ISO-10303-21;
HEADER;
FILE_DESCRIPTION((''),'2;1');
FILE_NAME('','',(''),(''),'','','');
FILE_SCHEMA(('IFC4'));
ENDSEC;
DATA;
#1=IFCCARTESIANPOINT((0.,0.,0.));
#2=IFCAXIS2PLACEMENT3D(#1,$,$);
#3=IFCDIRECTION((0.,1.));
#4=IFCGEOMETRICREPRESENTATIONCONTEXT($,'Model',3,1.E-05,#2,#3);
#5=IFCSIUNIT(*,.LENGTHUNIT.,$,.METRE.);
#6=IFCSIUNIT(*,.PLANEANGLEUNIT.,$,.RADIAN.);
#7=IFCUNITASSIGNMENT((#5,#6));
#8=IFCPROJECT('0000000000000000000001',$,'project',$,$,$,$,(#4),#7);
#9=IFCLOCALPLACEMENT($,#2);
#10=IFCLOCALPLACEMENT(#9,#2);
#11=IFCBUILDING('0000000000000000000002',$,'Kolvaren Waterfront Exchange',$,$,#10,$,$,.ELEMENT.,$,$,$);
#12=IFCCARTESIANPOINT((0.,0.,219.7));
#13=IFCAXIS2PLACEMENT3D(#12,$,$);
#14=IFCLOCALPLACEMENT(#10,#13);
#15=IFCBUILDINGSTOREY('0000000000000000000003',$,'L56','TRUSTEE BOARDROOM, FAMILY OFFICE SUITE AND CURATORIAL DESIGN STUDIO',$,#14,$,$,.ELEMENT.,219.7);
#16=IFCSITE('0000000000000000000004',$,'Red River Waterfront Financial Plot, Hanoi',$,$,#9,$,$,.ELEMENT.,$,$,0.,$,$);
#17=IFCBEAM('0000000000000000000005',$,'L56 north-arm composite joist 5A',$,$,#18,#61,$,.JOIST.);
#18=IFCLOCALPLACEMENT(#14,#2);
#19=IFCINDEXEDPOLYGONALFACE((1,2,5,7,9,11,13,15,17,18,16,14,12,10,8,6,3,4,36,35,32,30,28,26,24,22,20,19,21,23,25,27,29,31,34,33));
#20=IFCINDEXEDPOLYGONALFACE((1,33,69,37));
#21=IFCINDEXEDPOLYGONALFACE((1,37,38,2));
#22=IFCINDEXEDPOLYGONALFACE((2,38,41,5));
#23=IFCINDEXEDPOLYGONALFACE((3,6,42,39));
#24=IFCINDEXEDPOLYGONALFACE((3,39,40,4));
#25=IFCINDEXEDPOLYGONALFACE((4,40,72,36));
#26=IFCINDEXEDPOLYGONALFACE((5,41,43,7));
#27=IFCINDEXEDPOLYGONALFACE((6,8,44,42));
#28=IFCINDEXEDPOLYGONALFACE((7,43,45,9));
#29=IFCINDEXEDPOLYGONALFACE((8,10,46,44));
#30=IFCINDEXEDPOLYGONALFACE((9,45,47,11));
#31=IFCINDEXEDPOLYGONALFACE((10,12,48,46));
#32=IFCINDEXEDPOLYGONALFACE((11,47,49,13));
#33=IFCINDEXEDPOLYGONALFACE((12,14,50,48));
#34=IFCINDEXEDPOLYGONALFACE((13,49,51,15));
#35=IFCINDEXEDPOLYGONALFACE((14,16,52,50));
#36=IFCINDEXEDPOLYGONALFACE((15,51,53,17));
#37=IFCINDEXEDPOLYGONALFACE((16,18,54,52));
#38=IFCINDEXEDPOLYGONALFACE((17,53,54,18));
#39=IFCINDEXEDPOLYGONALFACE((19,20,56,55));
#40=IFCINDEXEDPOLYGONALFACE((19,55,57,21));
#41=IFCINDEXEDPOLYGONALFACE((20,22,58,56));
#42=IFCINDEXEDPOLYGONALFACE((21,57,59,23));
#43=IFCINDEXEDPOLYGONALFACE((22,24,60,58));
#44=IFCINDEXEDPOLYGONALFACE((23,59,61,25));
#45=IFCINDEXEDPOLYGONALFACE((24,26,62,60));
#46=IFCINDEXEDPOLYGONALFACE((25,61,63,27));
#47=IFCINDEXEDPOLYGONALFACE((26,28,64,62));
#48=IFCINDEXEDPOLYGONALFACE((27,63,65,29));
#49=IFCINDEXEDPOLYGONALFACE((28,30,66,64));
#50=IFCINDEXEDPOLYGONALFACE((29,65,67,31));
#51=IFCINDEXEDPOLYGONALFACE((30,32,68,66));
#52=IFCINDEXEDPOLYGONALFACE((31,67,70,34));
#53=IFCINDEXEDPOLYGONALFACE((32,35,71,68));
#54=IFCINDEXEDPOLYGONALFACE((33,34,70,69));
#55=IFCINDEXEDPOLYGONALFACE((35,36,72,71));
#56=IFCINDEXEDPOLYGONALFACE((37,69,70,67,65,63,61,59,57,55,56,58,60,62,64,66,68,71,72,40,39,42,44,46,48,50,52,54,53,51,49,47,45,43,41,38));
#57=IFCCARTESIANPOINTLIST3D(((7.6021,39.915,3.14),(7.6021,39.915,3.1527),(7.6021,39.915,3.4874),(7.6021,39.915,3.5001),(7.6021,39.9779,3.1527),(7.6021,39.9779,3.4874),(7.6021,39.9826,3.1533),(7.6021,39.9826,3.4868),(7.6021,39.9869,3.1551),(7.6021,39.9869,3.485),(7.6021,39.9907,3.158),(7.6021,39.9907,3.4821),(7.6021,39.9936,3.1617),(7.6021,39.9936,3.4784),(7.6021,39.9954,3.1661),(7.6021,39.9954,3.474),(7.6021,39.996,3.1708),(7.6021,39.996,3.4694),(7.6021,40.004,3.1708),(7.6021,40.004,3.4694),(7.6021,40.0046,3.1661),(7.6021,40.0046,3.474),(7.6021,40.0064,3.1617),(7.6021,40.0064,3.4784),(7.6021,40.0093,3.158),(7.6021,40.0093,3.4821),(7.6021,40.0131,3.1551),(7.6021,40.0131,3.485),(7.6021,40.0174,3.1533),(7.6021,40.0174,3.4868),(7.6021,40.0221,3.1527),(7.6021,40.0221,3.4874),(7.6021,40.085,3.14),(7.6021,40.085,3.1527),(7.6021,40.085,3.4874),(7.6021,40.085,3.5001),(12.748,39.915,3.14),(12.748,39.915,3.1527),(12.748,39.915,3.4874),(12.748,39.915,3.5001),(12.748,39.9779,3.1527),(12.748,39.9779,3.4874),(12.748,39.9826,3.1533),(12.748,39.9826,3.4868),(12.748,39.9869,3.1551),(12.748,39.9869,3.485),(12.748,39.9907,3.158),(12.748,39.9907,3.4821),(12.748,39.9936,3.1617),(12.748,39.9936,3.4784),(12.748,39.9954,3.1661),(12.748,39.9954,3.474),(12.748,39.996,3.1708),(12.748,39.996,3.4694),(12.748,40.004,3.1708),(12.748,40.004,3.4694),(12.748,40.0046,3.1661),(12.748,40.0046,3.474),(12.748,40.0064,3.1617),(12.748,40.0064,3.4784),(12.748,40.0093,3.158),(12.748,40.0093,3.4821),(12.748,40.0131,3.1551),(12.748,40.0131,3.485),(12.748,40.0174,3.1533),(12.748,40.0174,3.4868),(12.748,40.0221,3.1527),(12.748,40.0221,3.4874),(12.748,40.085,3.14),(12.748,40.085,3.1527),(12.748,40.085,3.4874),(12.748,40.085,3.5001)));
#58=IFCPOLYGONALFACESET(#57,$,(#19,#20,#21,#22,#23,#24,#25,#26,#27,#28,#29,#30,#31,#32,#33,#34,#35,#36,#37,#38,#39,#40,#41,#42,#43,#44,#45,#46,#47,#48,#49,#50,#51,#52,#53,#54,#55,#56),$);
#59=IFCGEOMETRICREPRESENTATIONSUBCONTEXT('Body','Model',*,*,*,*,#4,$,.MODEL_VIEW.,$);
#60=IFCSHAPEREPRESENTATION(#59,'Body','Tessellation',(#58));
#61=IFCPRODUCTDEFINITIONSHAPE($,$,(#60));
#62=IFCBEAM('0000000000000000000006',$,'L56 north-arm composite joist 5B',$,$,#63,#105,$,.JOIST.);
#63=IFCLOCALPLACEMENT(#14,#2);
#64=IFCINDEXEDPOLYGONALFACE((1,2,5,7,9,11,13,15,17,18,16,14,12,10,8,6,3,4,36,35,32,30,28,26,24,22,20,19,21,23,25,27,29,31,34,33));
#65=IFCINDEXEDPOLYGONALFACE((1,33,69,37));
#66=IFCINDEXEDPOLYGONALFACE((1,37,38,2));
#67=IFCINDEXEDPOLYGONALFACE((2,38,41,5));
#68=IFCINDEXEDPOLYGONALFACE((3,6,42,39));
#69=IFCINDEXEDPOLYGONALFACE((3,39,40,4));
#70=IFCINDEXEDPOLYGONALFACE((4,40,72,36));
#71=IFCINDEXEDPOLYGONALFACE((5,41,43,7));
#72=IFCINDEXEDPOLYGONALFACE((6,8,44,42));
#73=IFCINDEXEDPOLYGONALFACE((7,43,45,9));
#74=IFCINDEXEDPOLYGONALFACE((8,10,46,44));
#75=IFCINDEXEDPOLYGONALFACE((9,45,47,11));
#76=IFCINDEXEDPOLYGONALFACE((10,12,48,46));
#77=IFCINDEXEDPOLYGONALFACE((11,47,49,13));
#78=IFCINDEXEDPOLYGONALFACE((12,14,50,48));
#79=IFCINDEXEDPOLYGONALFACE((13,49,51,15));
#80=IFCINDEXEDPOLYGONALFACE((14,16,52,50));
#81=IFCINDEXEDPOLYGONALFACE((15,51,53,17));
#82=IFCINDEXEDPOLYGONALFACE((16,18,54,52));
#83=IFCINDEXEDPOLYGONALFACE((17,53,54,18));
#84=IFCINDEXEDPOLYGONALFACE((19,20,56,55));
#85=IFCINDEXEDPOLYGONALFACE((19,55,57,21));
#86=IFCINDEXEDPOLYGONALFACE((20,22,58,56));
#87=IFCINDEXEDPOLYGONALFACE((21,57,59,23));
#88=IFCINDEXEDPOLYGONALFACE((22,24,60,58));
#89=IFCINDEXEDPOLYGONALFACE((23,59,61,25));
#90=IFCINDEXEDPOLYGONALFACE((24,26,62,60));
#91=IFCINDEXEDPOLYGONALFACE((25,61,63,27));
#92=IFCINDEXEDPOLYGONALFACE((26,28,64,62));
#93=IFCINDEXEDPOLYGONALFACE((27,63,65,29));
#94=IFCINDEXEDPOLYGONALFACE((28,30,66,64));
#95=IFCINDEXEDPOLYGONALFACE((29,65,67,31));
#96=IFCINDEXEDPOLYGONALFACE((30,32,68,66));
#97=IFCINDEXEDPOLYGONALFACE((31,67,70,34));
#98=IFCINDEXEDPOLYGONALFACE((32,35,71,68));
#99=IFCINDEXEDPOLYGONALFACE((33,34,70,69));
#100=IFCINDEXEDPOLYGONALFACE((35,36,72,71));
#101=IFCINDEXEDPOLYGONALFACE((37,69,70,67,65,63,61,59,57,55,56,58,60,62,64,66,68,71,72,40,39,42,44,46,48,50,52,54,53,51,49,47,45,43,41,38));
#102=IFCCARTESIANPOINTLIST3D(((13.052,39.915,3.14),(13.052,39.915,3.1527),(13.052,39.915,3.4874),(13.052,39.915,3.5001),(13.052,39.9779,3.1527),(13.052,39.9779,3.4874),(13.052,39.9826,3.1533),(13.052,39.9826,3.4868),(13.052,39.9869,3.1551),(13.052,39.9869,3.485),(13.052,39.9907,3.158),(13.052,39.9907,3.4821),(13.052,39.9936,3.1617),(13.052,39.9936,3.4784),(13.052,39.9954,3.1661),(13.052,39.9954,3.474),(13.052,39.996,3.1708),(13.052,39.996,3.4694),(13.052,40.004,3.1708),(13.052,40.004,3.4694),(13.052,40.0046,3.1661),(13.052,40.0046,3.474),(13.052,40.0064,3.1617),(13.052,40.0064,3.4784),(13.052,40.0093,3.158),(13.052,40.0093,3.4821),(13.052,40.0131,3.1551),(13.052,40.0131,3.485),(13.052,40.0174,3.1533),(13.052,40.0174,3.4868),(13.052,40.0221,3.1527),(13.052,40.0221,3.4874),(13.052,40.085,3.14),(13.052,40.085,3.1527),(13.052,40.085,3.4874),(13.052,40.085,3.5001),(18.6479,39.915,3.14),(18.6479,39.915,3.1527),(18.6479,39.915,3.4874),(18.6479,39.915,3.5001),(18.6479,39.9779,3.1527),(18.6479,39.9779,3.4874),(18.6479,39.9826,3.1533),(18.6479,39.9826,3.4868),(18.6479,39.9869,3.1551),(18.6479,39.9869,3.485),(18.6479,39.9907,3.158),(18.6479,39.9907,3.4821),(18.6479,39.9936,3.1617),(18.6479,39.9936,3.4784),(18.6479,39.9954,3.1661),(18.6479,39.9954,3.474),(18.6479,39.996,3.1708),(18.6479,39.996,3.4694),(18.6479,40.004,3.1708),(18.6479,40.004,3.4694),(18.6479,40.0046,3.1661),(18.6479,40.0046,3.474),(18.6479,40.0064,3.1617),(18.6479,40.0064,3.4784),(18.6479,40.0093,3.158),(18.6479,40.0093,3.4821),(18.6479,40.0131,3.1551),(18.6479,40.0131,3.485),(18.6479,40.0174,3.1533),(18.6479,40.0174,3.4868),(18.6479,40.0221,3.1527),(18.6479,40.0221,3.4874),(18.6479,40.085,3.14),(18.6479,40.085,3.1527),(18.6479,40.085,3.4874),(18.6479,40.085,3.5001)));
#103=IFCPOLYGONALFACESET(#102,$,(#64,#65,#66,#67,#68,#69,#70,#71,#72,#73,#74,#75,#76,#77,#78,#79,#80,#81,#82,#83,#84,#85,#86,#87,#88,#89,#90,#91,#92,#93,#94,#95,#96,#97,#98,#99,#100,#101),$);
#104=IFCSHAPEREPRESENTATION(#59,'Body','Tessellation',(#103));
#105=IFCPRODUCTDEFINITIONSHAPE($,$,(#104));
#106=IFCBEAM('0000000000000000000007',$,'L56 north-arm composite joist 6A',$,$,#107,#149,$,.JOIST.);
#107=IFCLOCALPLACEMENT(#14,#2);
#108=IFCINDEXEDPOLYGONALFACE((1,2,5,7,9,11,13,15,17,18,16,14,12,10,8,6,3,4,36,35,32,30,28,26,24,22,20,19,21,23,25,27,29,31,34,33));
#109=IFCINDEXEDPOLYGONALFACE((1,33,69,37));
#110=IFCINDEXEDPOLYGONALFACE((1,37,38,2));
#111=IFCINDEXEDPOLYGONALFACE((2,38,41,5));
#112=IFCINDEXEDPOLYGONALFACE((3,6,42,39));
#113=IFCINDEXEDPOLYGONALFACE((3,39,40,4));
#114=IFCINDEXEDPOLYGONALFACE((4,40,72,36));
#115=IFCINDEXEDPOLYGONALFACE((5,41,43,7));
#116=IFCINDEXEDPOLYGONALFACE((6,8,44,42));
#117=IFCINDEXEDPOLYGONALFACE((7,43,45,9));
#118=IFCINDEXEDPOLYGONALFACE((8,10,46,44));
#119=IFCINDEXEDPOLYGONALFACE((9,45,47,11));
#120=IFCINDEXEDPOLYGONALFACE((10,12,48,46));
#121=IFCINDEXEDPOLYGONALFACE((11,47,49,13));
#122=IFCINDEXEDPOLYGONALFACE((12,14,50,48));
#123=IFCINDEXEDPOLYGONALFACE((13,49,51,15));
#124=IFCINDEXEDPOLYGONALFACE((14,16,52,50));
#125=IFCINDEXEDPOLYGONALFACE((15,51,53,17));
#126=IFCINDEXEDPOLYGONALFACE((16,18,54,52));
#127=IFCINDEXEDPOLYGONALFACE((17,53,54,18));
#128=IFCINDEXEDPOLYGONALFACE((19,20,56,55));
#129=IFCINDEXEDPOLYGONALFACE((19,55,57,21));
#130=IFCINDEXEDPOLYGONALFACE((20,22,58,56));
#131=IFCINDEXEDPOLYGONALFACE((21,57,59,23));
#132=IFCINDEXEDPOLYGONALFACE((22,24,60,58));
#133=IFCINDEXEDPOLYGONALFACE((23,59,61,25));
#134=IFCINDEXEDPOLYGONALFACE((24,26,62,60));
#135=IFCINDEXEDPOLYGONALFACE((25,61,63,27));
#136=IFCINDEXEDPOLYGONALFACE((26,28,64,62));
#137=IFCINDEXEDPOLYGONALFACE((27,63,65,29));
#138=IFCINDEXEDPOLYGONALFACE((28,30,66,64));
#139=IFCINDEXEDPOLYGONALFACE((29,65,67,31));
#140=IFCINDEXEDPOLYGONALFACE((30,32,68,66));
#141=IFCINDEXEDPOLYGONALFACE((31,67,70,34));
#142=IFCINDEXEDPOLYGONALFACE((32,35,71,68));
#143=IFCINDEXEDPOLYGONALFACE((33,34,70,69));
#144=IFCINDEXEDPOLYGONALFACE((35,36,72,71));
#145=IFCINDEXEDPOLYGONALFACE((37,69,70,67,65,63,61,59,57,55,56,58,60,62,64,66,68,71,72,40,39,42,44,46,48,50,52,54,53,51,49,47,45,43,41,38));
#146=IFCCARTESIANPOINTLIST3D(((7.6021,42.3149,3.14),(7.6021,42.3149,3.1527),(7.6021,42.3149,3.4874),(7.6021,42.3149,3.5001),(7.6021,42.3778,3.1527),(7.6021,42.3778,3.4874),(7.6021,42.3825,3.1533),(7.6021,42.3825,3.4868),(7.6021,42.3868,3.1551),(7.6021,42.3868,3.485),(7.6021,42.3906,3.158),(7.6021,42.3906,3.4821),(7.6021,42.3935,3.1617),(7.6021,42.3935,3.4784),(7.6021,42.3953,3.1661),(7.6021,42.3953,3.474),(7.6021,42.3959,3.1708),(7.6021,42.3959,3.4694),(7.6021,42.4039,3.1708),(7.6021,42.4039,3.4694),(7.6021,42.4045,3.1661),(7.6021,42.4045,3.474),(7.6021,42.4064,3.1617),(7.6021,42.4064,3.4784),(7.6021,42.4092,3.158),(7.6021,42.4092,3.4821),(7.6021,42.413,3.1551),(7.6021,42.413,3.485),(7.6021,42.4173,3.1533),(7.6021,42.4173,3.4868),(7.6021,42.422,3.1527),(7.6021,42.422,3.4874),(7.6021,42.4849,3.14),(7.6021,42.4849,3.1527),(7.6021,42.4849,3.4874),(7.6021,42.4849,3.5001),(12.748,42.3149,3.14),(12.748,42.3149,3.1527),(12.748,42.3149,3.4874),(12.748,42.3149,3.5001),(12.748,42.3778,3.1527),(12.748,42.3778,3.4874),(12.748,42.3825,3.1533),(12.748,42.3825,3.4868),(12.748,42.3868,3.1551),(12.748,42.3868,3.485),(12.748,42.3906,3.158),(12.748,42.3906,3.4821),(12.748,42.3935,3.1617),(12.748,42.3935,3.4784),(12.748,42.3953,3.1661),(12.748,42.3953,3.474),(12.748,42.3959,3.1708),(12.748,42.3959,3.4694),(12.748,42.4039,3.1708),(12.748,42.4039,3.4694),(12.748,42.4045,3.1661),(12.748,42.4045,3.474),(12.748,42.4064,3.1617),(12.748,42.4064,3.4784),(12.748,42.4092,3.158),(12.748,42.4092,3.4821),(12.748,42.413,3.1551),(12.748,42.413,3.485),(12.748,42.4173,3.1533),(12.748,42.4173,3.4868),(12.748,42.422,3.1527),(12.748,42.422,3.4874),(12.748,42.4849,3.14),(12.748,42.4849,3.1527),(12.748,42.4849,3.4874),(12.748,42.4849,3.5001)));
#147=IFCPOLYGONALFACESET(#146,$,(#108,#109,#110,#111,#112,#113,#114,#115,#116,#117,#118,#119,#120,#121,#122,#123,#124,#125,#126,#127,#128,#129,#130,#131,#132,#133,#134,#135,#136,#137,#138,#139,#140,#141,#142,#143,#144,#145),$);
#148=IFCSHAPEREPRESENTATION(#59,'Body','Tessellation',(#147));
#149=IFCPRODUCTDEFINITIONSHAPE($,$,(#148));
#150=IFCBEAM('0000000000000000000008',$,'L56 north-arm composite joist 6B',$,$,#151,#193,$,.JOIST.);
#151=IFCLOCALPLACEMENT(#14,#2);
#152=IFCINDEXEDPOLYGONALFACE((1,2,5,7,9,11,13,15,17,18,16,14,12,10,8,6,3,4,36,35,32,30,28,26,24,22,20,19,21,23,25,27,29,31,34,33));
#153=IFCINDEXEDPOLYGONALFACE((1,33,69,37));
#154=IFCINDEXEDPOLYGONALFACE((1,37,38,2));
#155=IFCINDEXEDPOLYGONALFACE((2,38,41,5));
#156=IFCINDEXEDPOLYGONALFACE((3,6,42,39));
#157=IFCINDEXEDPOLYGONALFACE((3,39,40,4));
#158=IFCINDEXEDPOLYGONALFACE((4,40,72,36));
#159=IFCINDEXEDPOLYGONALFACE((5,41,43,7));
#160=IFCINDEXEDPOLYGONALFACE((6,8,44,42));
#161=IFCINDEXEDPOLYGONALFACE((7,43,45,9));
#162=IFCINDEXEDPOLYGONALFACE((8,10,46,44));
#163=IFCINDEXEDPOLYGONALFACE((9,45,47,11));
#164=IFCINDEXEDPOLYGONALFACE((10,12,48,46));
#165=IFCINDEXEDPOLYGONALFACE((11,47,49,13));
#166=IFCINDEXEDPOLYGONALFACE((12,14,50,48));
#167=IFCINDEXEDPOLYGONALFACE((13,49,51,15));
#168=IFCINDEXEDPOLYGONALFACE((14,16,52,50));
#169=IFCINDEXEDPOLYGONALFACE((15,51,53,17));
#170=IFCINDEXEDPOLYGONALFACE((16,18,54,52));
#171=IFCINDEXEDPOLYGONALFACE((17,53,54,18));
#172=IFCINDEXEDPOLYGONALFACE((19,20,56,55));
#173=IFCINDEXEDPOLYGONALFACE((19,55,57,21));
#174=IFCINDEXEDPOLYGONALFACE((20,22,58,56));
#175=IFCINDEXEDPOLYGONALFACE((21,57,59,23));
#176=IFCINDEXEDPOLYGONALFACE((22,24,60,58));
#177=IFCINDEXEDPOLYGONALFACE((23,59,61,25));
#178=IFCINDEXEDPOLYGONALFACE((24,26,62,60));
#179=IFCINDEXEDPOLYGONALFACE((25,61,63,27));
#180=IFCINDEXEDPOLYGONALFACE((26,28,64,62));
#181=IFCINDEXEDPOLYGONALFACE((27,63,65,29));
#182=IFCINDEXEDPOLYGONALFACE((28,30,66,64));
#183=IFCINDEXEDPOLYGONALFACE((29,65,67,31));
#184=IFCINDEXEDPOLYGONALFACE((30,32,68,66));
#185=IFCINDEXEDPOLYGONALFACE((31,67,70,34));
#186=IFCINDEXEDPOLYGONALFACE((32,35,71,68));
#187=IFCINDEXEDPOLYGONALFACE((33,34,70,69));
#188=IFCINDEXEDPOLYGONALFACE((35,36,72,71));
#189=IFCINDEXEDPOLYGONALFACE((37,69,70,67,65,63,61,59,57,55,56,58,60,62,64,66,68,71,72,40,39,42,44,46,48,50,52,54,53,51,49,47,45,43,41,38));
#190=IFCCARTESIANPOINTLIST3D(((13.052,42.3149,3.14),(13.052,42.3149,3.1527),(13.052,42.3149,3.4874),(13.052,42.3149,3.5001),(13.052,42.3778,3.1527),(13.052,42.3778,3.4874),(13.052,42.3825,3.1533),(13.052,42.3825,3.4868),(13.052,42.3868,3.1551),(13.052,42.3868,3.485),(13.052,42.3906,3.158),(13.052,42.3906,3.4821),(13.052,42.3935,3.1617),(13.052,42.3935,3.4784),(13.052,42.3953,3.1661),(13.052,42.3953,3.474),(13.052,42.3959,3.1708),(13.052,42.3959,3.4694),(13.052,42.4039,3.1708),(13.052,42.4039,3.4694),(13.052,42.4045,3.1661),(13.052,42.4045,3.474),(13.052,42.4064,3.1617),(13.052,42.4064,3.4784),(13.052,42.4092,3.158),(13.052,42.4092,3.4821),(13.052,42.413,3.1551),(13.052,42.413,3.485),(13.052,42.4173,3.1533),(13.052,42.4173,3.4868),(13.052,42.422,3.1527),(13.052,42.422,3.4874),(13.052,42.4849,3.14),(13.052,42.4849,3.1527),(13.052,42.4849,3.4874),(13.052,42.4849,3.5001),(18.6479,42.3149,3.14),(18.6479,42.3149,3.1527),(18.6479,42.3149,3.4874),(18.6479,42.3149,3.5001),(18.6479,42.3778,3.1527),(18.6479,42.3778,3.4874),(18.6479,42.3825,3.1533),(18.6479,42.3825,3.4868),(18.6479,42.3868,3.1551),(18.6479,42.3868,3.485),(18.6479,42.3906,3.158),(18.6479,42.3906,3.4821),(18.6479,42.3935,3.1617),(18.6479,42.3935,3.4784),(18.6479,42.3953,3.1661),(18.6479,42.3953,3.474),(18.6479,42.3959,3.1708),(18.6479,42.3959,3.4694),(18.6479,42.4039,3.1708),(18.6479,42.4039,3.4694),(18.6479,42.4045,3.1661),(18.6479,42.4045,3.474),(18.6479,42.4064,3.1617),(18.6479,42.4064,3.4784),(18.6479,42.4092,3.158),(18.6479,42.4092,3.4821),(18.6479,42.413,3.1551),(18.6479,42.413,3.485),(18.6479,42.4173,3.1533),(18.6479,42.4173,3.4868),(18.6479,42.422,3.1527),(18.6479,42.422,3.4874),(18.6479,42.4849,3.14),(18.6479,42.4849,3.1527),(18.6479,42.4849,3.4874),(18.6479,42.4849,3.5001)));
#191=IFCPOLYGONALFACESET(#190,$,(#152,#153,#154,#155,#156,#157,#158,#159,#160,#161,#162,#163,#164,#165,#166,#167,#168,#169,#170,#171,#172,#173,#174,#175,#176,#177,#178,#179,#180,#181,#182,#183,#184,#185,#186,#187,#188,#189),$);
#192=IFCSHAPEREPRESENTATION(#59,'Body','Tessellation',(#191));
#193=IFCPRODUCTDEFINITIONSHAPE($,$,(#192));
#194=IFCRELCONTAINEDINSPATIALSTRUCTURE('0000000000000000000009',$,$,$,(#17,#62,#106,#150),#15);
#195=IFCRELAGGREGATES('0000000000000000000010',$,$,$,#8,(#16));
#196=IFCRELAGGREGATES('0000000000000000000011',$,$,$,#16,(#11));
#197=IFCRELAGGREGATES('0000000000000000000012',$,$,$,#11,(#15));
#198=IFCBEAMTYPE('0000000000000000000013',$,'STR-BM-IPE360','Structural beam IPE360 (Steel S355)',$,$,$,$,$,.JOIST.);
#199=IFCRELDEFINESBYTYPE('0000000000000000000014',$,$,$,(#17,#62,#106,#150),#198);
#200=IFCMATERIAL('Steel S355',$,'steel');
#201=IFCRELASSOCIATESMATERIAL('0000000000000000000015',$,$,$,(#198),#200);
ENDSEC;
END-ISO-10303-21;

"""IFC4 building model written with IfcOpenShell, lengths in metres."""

from ifc_helpers import new_model, si_unit, direction, frame, origin, origin_2d, place, context, subcontext, project, spatial, i_section, extrude, material, material_profile, profile_set, type_object, element, save


model = new_model("IFC4")

# Units and contexts
model_context = context("Model", 3, precision=1e-05, world=origin(), true_north=direction((0.0, 1.0)))
body_context = subcontext(model_context, "Body", "Model", "MODEL_VIEW")
ifc_project = project(units=[si_unit("LENGTHUNIT", "METRE"), si_unit("PLANEANGLEUNIT", "RADIAN")], contexts=[model_context])

# Site, building, storey
site_placement = place(None, origin())
site = spatial("IfcSite", under=ifc_project, at=site_placement, Name="Red River Waterfront Financial Plot, Hanoi", CompositionType="ELEMENT", RefElevation=0.0)
building_placement = place(site_placement, origin())
building = spatial("IfcBuilding", under=site, at=building_placement, Name="Kolvaren Waterfront Exchange", CompositionType="ELEMENT")
storey_placement = place(building_placement, frame((0.0, 0.0, 219.7)))
storey = spatial("IfcBuildingStorey", under=building, at=storey_placement, Name="L56", Description="TRUSTEE BOARDROOM, FAMILY OFFICE SUITE AND CURATORIAL DESIGN STUDIO", CompositionType="ELEMENT", Elevation=219.7)

# Beams
ifc_material_1 = material(Name="Steel S355", Category="steel")
ifc_material_profile_1 = material_profile(ifc_material_1, i_section(OverallWidth=0.1699, OverallDepth=0.3601, WebThickness=0.0081, FlangeThickness=0.0127, FilletRadius=0.0181, at=origin_2d()), Name="IPE360")
ifc_profile_set_1 = profile_set([ifc_material_profile_1], Name="Steel S355")
beam_type_1 = type_object("IfcBeamType", Name="STR-BM-IPE360", Description="Structural beam IPE360 (Steel S355)", PredefinedType="JOIST", material=ifc_profile_set_1)
beam_1_placement = place(storey_placement, frame((7.6021, 40.0, 3.3201), z_axis=(1.0, 0.0, 0.0), x_axis=(0.0, 1.0, 0.0)))
element("IfcBeam", 1, at=beam_1_placement, inside=storey, type_object=beam_type_1, Name="L56 north-arm composite joist 5A", PredefinedType="JOIST", context=body_context, shape_type="SweptSolid", body=[
    extrude(i_section(OverallWidth=0.1699, OverallDepth=0.3601, WebThickness=0.0081, FlangeThickness=0.0127, FilletRadius=0.0181, at=origin_2d()), origin(), (0.0, 0.0, 1.0), 5.146),
])
beam_2_placement = place(storey_placement, frame((13.052, 40.0, 3.3201), z_axis=(1.0, 0.0, 0.0), x_axis=(0.0, 1.0, 0.0)))
element("IfcBeam", 2, at=beam_2_placement, inside=storey, type_object=beam_type_1, Name="L56 north-arm composite joist 5B", PredefinedType="JOIST", context=body_context, shape_type="SweptSolid", body=[
    extrude(i_section(OverallWidth=0.1699, OverallDepth=0.3601, WebThickness=0.0081, FlangeThickness=0.0127, FilletRadius=0.0181, at=origin_2d()), origin(), (0.0, 0.0, 1.0), 5.5959),
])
beam_3_placement = place(storey_placement, frame((7.6021, 42.3999, 3.3201), z_axis=(1.0, 0.0, 0.0), x_axis=(0.0, 1.0, 0.0)))
element("IfcBeam", 3, at=beam_3_placement, inside=storey, type_object=beam_type_1, Name="L56 north-arm composite joist 6A", PredefinedType="JOIST", context=body_context, shape_type="SweptSolid", body=[
    extrude(i_section(OverallWidth=0.1699, OverallDepth=0.3601, WebThickness=0.0081, FlangeThickness=0.0127, FilletRadius=0.0181, at=origin_2d()), origin(), (0.0, 0.0, 1.0), 5.146),
])
beam_4_placement = place(storey_placement, frame((13.052, 42.3999, 3.3201), z_axis=(1.0, 0.0, 0.0), x_axis=(0.0, 1.0, 0.0)))
element("IfcBeam", 4, at=beam_4_placement, inside=storey, type_object=beam_type_1, Name="L56 north-arm composite joist 6B", PredefinedType="JOIST", context=body_context, shape_type="SweptSolid", body=[
    extrude(i_section(OverallWidth=0.1699, OverallDepth=0.3601, WebThickness=0.0081, FlangeThickness=0.0127, FilletRadius=0.0181, at=origin_2d()), origin(), (0.0, 0.0, 1.0), 5.5959),
])

save(model, "model.ifc")
